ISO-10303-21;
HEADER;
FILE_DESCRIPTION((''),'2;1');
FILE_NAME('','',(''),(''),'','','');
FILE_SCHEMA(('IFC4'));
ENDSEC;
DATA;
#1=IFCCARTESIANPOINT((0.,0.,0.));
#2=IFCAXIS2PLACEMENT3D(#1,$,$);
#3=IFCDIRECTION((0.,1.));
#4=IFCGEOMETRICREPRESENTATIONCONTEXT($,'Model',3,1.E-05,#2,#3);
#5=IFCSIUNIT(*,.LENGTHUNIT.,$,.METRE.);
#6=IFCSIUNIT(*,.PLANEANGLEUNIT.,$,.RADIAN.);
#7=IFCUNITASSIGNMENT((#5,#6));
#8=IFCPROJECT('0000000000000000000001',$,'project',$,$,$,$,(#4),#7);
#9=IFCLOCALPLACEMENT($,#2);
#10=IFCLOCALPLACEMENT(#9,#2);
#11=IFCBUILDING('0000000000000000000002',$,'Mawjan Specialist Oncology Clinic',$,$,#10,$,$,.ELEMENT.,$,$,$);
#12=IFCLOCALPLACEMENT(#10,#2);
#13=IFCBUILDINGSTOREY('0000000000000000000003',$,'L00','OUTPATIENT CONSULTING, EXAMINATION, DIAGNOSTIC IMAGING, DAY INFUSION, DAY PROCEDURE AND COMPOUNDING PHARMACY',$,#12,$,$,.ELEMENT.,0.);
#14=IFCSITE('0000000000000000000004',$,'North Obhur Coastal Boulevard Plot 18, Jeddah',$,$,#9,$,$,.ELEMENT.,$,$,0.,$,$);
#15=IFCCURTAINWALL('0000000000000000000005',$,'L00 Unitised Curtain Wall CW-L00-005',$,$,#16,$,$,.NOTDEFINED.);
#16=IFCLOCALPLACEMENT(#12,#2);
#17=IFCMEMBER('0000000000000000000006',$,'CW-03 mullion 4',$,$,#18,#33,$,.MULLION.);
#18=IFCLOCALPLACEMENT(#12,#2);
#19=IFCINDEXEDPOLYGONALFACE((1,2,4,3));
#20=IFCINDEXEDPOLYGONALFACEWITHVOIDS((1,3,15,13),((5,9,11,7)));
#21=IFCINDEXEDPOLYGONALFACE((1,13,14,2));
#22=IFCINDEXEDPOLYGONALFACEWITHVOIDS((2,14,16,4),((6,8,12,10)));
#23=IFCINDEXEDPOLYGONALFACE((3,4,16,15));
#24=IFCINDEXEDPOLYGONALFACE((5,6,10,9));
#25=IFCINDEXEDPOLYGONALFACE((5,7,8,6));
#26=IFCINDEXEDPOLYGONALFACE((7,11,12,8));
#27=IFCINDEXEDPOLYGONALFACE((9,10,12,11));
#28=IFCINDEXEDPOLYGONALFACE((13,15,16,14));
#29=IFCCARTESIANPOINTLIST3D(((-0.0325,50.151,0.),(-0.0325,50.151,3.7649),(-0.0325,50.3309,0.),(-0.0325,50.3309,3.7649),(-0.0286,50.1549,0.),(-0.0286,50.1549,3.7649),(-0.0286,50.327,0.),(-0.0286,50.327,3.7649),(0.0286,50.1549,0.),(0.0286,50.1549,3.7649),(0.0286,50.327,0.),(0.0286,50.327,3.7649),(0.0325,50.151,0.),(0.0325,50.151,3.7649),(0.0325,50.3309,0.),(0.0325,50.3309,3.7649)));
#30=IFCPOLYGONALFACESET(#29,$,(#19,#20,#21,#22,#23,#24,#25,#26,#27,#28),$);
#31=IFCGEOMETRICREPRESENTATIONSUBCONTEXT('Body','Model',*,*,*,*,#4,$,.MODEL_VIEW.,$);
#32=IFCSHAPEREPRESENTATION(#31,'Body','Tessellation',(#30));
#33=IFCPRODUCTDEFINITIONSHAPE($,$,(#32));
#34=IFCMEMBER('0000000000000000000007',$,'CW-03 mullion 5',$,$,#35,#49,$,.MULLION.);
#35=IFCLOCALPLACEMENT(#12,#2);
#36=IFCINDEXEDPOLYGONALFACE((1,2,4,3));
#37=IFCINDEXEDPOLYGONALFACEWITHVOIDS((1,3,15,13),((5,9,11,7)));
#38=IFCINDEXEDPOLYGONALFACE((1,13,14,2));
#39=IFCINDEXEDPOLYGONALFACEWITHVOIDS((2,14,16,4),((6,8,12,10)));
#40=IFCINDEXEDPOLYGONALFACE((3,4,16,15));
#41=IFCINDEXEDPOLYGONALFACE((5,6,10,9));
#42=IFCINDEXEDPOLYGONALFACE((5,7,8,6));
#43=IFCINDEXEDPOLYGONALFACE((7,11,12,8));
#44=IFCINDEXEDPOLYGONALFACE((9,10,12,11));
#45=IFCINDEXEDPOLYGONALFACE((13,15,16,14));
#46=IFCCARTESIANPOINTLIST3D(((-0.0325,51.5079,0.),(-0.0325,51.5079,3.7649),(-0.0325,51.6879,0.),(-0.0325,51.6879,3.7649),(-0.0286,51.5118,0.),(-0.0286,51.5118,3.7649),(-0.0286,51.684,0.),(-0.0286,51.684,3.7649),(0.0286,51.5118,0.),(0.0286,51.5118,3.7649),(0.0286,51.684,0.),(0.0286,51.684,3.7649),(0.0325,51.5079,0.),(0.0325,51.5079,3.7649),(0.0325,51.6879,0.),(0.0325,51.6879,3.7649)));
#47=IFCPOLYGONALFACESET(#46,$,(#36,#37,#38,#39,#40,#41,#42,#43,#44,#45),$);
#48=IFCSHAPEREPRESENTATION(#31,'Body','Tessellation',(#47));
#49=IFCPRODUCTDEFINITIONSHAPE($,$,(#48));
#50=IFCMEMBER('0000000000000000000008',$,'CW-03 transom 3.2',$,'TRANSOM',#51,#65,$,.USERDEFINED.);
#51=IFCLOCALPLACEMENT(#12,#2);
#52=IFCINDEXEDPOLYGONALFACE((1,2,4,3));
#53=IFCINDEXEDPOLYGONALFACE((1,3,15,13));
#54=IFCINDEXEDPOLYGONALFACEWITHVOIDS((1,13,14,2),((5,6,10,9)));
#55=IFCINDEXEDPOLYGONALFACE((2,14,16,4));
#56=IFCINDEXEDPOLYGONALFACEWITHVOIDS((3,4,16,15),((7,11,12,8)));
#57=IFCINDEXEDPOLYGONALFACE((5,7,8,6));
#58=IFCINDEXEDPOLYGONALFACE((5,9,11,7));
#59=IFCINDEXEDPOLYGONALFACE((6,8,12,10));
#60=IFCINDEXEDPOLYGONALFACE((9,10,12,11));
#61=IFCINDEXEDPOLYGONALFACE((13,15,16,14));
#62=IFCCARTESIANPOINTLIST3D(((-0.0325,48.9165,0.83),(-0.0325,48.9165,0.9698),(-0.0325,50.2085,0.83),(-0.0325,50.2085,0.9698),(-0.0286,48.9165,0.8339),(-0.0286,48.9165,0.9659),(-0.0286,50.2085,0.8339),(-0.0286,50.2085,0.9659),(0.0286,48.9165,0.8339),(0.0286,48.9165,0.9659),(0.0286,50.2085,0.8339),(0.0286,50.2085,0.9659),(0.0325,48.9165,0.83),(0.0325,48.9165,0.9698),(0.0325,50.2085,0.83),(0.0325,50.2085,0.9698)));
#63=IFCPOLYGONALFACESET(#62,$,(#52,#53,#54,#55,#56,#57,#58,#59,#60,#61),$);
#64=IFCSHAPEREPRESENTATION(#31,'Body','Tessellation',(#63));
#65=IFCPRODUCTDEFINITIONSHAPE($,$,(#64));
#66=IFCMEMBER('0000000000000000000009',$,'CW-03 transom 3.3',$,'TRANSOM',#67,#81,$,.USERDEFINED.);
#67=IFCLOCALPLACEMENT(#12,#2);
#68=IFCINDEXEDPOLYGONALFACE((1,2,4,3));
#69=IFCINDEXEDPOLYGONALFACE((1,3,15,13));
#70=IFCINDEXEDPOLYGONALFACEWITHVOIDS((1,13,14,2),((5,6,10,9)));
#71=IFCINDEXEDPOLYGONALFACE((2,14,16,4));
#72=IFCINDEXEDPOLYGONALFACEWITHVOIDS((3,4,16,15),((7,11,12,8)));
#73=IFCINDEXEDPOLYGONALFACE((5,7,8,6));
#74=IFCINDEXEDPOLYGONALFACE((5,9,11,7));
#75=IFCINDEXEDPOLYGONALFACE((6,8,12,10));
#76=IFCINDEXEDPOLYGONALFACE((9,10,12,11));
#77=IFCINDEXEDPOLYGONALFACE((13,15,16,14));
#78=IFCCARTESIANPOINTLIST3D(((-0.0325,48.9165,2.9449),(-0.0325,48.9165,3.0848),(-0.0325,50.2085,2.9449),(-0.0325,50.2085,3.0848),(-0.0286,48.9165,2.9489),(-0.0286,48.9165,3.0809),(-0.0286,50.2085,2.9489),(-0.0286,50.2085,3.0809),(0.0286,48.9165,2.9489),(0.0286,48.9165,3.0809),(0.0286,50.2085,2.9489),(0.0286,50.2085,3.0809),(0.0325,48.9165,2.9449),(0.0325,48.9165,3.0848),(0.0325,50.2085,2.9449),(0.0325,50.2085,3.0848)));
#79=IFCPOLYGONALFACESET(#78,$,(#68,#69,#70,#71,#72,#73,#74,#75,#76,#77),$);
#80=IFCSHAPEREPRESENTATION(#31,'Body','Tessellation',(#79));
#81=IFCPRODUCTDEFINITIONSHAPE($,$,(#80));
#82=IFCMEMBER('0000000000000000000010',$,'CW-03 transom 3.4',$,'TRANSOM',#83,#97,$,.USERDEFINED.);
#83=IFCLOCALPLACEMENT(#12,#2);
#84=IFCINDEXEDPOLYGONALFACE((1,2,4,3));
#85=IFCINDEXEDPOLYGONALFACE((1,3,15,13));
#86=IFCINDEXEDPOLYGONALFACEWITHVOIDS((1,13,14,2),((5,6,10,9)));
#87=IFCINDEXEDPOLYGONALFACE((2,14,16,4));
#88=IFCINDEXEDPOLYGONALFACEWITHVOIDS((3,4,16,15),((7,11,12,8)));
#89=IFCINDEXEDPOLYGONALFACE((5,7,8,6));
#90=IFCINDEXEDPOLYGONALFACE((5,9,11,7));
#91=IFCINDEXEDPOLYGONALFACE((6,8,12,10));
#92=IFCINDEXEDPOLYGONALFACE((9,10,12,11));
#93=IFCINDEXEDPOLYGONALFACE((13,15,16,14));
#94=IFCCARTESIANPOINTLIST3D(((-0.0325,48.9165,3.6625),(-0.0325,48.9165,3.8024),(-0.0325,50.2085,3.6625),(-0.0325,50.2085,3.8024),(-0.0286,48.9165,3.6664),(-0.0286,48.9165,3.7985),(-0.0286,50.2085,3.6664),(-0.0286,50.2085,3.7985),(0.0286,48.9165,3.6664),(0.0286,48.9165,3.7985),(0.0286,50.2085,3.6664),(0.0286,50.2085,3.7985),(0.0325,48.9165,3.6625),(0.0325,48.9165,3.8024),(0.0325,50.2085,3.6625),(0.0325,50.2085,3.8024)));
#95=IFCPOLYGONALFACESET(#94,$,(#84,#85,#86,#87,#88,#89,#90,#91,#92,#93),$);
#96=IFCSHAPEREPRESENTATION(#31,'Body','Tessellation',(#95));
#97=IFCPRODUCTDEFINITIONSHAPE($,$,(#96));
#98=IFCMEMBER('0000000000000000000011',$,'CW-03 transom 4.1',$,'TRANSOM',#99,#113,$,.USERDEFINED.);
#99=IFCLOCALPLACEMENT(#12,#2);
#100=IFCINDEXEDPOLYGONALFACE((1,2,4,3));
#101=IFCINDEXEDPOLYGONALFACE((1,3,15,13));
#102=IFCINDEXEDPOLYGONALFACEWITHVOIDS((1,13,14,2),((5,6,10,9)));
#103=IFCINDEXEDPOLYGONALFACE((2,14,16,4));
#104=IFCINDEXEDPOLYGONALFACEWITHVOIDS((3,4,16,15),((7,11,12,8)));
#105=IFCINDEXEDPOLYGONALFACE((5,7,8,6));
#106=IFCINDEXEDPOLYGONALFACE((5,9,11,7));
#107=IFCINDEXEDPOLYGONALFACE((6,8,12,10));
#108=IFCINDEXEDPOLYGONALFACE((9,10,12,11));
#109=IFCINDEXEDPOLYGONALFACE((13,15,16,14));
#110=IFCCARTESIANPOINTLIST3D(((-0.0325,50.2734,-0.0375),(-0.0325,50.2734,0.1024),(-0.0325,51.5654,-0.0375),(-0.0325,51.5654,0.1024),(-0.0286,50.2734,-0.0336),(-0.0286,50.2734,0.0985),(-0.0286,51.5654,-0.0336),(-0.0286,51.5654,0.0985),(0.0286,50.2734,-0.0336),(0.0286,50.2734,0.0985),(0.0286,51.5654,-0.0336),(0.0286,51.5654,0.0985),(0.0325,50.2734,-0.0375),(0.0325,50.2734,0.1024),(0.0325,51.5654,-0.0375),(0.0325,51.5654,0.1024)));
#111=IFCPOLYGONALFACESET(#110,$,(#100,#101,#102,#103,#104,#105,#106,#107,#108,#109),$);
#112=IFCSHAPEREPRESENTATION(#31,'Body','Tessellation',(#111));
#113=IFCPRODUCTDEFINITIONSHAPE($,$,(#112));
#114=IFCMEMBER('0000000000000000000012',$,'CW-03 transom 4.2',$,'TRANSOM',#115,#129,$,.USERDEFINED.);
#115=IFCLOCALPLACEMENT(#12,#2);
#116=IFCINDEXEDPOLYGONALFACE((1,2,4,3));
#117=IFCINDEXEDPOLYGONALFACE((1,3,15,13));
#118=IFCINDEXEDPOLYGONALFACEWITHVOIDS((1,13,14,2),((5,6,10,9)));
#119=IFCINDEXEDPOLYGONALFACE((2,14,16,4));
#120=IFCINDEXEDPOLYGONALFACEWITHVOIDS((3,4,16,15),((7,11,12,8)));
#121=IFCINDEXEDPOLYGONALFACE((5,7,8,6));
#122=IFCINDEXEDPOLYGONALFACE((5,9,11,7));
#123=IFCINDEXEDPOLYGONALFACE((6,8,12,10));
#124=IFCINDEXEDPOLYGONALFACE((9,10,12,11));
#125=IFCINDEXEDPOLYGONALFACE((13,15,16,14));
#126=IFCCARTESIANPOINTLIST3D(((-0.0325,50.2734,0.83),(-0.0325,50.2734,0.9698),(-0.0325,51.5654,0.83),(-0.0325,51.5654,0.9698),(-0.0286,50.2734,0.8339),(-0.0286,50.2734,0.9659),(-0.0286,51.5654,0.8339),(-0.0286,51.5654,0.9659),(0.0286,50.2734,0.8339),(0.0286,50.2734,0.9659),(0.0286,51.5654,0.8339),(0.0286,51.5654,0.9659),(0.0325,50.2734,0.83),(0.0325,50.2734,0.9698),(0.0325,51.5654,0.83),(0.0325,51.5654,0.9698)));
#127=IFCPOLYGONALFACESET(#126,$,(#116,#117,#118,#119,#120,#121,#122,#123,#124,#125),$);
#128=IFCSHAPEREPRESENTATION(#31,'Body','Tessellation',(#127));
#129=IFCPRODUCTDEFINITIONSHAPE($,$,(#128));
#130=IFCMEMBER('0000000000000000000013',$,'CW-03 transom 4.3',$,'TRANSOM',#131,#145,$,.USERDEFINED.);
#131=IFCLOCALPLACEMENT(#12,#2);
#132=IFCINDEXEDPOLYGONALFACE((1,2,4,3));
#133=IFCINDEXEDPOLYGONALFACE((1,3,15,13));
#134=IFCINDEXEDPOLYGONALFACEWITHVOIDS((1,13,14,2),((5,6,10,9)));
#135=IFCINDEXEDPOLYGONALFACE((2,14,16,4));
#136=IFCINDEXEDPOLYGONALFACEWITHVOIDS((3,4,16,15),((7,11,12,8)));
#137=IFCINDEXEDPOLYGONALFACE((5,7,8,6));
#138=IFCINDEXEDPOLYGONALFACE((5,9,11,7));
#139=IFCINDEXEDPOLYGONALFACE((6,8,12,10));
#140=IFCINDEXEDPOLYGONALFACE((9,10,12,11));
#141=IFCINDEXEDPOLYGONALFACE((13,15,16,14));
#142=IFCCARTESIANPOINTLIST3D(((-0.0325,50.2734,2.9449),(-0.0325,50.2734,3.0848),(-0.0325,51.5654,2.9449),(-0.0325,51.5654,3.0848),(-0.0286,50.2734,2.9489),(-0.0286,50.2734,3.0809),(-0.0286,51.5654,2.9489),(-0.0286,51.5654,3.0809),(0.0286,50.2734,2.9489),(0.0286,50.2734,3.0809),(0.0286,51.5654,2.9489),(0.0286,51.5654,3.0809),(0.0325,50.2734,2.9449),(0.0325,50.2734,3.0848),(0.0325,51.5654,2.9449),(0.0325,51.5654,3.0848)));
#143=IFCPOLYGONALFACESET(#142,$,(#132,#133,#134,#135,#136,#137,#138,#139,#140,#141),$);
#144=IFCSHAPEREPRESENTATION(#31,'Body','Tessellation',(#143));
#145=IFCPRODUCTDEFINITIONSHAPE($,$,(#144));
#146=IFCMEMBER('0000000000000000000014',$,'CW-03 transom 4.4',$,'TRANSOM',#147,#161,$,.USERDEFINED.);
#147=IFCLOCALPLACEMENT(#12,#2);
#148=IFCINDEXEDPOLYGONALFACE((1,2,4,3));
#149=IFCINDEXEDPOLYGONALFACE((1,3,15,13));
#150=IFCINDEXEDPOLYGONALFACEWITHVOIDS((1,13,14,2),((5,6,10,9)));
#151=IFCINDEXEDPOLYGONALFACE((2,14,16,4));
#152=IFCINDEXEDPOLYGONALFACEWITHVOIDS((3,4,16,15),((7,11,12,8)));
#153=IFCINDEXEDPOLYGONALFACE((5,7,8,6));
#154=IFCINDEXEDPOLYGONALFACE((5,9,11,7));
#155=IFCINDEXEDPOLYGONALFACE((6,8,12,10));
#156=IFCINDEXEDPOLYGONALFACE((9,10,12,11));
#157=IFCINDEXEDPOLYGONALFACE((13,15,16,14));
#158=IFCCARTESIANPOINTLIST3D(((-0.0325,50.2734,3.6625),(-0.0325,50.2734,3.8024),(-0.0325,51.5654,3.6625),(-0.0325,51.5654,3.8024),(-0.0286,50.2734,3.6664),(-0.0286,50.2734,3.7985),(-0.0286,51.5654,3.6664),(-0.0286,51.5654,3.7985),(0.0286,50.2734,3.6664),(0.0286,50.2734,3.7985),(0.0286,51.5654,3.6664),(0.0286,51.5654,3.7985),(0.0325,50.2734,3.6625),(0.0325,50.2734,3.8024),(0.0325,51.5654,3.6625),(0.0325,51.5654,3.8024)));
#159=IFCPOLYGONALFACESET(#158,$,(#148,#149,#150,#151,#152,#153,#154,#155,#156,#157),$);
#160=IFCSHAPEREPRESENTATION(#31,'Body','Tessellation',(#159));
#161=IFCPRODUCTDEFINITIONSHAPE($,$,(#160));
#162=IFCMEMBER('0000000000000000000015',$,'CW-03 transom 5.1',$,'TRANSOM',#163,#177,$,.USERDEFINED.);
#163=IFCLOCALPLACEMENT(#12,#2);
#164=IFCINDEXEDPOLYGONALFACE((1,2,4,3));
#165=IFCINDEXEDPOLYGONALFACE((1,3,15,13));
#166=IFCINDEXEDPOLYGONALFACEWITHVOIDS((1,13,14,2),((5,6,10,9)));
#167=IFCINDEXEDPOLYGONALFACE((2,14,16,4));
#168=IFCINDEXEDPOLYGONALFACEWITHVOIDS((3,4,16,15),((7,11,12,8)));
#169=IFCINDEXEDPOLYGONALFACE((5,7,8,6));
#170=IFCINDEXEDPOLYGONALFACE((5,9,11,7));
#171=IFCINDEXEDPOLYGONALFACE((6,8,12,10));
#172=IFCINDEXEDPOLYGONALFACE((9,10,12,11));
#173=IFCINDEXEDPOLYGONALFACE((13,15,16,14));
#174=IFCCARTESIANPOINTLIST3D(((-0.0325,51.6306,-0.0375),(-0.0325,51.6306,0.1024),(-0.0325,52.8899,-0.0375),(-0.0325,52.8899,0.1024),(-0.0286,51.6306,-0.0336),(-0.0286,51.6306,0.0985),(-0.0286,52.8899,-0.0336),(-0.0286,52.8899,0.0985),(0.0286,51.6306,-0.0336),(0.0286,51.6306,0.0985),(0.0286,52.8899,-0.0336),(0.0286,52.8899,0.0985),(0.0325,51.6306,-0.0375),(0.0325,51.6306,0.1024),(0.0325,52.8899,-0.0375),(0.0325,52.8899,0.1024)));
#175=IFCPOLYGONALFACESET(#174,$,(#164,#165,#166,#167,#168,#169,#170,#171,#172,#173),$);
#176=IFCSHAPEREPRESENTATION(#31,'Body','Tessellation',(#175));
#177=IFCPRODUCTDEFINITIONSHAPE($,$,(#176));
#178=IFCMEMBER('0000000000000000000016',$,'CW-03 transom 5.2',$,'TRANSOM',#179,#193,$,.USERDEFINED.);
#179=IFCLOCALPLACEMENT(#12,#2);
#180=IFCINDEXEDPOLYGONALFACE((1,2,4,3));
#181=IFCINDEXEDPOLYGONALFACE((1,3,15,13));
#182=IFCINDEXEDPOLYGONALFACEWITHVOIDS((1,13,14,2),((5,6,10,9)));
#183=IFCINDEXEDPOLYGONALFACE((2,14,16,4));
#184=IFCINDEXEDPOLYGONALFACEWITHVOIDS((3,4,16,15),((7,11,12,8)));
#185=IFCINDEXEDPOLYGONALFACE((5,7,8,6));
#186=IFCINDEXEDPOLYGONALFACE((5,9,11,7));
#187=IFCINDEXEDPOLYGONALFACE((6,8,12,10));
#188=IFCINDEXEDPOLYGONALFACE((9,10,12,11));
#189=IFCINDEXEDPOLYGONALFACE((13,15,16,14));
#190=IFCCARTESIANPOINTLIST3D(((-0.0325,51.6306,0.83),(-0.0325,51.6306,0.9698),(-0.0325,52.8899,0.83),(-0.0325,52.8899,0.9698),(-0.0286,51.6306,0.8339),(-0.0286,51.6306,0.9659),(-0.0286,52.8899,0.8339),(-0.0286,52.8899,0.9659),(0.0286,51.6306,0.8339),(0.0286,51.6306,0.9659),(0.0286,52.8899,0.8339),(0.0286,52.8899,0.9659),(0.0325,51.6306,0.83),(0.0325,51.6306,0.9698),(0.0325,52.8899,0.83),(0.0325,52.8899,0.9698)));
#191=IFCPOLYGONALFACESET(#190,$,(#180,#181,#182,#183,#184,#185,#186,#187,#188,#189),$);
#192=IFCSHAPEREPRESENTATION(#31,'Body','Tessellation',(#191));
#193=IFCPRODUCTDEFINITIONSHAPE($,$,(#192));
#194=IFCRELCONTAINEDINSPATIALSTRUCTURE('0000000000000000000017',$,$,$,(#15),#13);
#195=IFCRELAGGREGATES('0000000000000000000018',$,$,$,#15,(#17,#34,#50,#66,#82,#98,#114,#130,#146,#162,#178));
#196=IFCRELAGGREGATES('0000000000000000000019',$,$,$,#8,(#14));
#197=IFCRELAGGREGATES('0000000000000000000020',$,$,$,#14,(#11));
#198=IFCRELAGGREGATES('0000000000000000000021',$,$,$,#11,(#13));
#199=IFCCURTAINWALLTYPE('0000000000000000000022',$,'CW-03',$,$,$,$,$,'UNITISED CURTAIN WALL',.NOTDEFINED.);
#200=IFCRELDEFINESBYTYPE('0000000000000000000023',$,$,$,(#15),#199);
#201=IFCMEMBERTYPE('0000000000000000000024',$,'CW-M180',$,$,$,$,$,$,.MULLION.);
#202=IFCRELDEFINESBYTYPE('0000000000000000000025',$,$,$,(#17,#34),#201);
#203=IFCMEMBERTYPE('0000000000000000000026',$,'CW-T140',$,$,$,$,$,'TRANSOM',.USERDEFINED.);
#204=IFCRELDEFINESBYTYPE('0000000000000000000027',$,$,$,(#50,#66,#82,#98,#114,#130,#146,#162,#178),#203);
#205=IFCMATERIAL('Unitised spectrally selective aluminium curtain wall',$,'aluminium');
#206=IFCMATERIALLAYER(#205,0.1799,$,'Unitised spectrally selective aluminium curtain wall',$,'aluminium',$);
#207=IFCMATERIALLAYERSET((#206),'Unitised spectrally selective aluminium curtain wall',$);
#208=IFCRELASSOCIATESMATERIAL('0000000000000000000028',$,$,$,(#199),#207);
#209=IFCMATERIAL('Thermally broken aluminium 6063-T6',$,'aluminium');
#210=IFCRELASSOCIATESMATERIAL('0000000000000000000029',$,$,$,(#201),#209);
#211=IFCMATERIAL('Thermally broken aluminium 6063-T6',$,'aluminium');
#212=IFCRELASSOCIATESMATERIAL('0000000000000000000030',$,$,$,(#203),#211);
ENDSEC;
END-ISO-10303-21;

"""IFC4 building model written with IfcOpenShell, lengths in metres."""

from ifc_helpers import new_model, si_unit, direction, frame, origin, origin_2d, place, context, subcontext, project, spatial, hollow_rectangle, extrude, material, layer, layer_set, material_profile, profile_set, type_object, element, aggregate, save


model = new_model("IFC4")

# Units and contexts
model_context = context("Model", 3, precision=1e-05, world=origin(), true_north=direction((0.0, 1.0)))
body_context = subcontext(model_context, "Body", "Model", "MODEL_VIEW")
ifc_project = project(units=[si_unit("LENGTHUNIT", "METRE"), si_unit("PLANEANGLEUNIT", "RADIAN")], contexts=[model_context])

# Site, building, storey
site_placement = place(None, origin())
site = spatial("IfcSite", under=ifc_project, at=site_placement, Name="North Obhur Coastal Boulevard Plot 18, Jeddah", CompositionType="ELEMENT", RefElevation=0.0)
building_placement = place(site_placement, origin())
building = spatial("IfcBuilding", under=site, at=building_placement, Name="Mawjan Specialist Oncology Clinic", CompositionType="ELEMENT")
storey_placement = place(building_placement, origin())
storey = spatial("IfcBuildingStorey", under=building, at=storey_placement, Name="L00", Description="OUTPATIENT CONSULTING, EXAMINATION, DIAGNOSTIC IMAGING, DAY INFUSION, DAY PROCEDURE AND COMPOUNDING PHARMACY", CompositionType="ELEMENT", Elevation=0.0)

# Curtain wall, members
ifc_material_1 = material(Name="Unitised spectrally selective aluminium curtain wall", Category="aluminium")
ifc_layer_1 = layer(ifc_material_1, 0.1799, Name="Unitised spectrally selective aluminium curtain wall", Category="aluminium")
ifc_layer_set_1 = layer_set([ifc_layer_1], Name="Unitised spectrally selective aluminium curtain wall")
curtain_wall_type = type_object("IfcCurtainWallType", Name="CW-03", ElementType="UNITISED CURTAIN WALL", PredefinedType="NOTDEFINED", material=ifc_layer_set_1)
curtain_wall_placement = place(storey_placement, origin())
curtain_wall = element("IfcCurtainWall", 1, at=curtain_wall_placement, inside=storey, type_object=curtain_wall_type, Name="L00 Unitised Curtain Wall CW-L00-005", PredefinedType="NOTDEFINED")
ifc_material_2 = material(Name="Thermally broken aluminium 6063-T6", Category="aluminium")
ifc_material_profile_1 = material_profile(ifc_material_2, hollow_rectangle(XDim=0.0649, YDim=0.1799, WallThickness=0.0039, at=origin_2d()), Name="ALU MULLION 180x65x4", Category="aluminium")
ifc_profile_set_1 = profile_set([ifc_material_profile_1], Name="Thermally broken aluminium 6063-T6")
member_type_1 = type_object("IfcMemberType", Name="CW-M180", PredefinedType="MULLION", material=ifc_profile_set_1)
member_1_placement = place(storey_placement, frame((0.0, 50.241, 0.0), z_axis=(0.0, 0.0, 1.0), x_axis=(-1.0, 0.0, 0.0)))
member_1 = element("IfcMember", 2, at=member_1_placement, type_object=member_type_1, Name="CW-03 mullion 4", PredefinedType="MULLION", context=body_context, shape_type="SweptSolid", body=[
    extrude(hollow_rectangle(XDim=0.0649, YDim=0.1799, WallThickness=0.0039, at=origin_2d()), origin(), (0.0, 0.0, 1.0), 3.7649),
])
member_2_placement = place(storey_placement, frame((0.0, 51.5979, 0.0), z_axis=(0.0, 0.0, 1.0), x_axis=(-1.0, 0.0, 0.0)))
member_2 = element("IfcMember", 3, at=member_2_placement, type_object=member_type_1, Name="CW-03 mullion 5", PredefinedType="MULLION", context=body_context, shape_type="SweptSolid", body=[
    extrude(hollow_rectangle(XDim=0.0649, YDim=0.1799, WallThickness=0.0039, at=origin_2d()), origin(), (0.0, 0.0, 1.0), 3.7649),
])
ifc_material_3 = material(Name="Thermally broken aluminium 6063-T6", Category="aluminium")
ifc_material_profile_2 = material_profile(ifc_material_3, hollow_rectangle(XDim=0.0649, YDim=0.1399, WallThickness=0.0039, at=origin_2d()), Name="ALU TRANSOM 140x65x4", Category="aluminium")
ifc_profile_set_2 = profile_set([ifc_material_profile_2], Name="Thermally broken aluminium 6063-T6")
member_type_2 = type_object("IfcMemberType", Name="CW-T140", ElementType="TRANSOM", PredefinedType="USERDEFINED", material=ifc_profile_set_2)
member_3_placement = place(storey_placement, frame((0.0, 48.9165, 0.8999), z_axis=(0.0, 1.0, 0.0), x_axis=(-1.0, 0.0, 0.0)))
member_3 = element("IfcMember", 4, at=member_3_placement, type_object=member_type_2, Name="CW-03 transom 3.2", ObjectType="TRANSOM", PredefinedType="USERDEFINED", context=body_context, shape_type="SweptSolid", body=[
    extrude(hollow_rectangle(XDim=0.0649, YDim=0.1399, WallThickness=0.0039, at=origin_2d()), origin(), (0.0, 0.0, 1.0), 1.292),
])
member_4_placement = place(storey_placement, frame((0.0, 48.9165, 3.0149), z_axis=(0.0, 1.0, 0.0), x_axis=(-1.0, 0.0, 0.0)))
member_4 = element("IfcMember", 5, at=member_4_placement, type_object=member_type_2, Name="CW-03 transom 3.3", ObjectType="TRANSOM", PredefinedType="USERDEFINED", context=body_context, shape_type="SweptSolid", body=[
    extrude(hollow_rectangle(XDim=0.0649, YDim=0.1399, WallThickness=0.0039, at=origin_2d()), origin(), (0.0, 0.0, 1.0), 1.292),
])
member_5_placement = place(storey_placement, frame((0.0, 48.9165, 3.7324), z_axis=(0.0, 1.0, 0.0), x_axis=(-1.0, 0.0, 0.0)))
member_5 = element("IfcMember", 6, at=member_5_placement, type_object=member_type_2, Name="CW-03 transom 3.4", ObjectType="TRANSOM", PredefinedType="USERDEFINED", context=body_context, shape_type="SweptSolid", body=[
    extrude(hollow_rectangle(XDim=0.0649, YDim=0.1399, WallThickness=0.0039, at=origin_2d()), origin(), (0.0, 0.0, 1.0), 1.292),
])
member_6_placement = place(storey_placement, frame((0.0, 50.2734, 0.0325), z_axis=(0.0, 1.0, 0.0), x_axis=(-1.0, 0.0, 0.0)))
member_6 = element("IfcMember", 7, at=member_6_placement, type_object=member_type_2, Name="CW-03 transom 4.1", ObjectType="TRANSOM", PredefinedType="USERDEFINED", context=body_context, shape_type="SweptSolid", body=[
    extrude(hollow_rectangle(XDim=0.0649, YDim=0.1399, WallThickness=0.0039, at=origin_2d()), origin(), (0.0, 0.0, 1.0), 1.292),
])
member_7_placement = place(storey_placement, frame((0.0, 50.2734, 0.8999), z_axis=(0.0, 1.0, 0.0), x_axis=(-1.0, 0.0, 0.0)))
member_7 = element("IfcMember", 8, at=member_7_placement, type_object=member_type_2, Name="CW-03 transom 4.2", ObjectType="TRANSOM", PredefinedType="USERDEFINED", context=body_context, shape_type="SweptSolid", body=[
    extrude(hollow_rectangle(XDim=0.0649, YDim=0.1399, WallThickness=0.0039, at=origin_2d()), origin(), (0.0, 0.0, 1.0), 1.292),
])
member_8_placement = place(storey_placement, frame((0.0, 50.2734, 3.0149), z_axis=(0.0, 1.0, 0.0), x_axis=(-1.0, 0.0, 0.0)))
member_8 = element("IfcMember", 9, at=member_8_placement, type_object=member_type_2, Name="CW-03 transom 4.3", ObjectType="TRANSOM", PredefinedType="USERDEFINED", context=body_context, shape_type="SweptSolid", body=[
    extrude(hollow_rectangle(XDim=0.0649, YDim=0.1399, WallThickness=0.0039, at=origin_2d()), origin(), (0.0, 0.0, 1.0), 1.292),
])
member_9_placement = place(storey_placement, frame((0.0, 50.2734, 3.7324), z_axis=(0.0, 1.0, 0.0), x_axis=(-1.0, 0.0, 0.0)))
member_9 = element("IfcMember", 10, at=member_9_placement, type_object=member_type_2, Name="CW-03 transom 4.4", ObjectType="TRANSOM", PredefinedType="USERDEFINED", context=body_context, shape_type="SweptSolid", body=[
    extrude(hollow_rectangle(XDim=0.0649, YDim=0.1399, WallThickness=0.0039, at=origin_2d()), origin(), (0.0, 0.0, 1.0), 1.292),
])
member_10_placement = place(storey_placement, frame((0.0, 51.6306, 0.0325), z_axis=(0.0, 1.0, 0.0), x_axis=(-1.0, 0.0, 0.0)))
member_10 = element("IfcMember", 11, at=member_10_placement, type_object=member_type_2, Name="CW-03 transom 5.1", ObjectType="TRANSOM", PredefinedType="USERDEFINED", context=body_context, shape_type="SweptSolid", body=[
    extrude(hollow_rectangle(XDim=0.0649, YDim=0.1399, WallThickness=0.0039, at=origin_2d()), origin(), (0.0, 0.0, 1.0), 1.2593),
])
member_11_placement = place(storey_placement, frame((0.0, 51.6306, 0.8999), z_axis=(0.0, 1.0, 0.0), x_axis=(-1.0, 0.0, 0.0)))
member_11 = element("IfcMember", 12, at=member_11_placement, type_object=member_type_2, Name="CW-03 transom 5.2", ObjectType="TRANSOM", PredefinedType="USERDEFINED", context=body_context, shape_type="SweptSolid", body=[
    extrude(hollow_rectangle(XDim=0.0649, YDim=0.1399, WallThickness=0.0039, at=origin_2d()), origin(), (0.0, 0.0, 1.0), 1.2593),
])
aggregate(curtain_wall, [member_1, member_2, member_3, member_4, member_5, member_6, member_7, member_8, member_9, member_10, member_11])

save(model, "model.ifc")
